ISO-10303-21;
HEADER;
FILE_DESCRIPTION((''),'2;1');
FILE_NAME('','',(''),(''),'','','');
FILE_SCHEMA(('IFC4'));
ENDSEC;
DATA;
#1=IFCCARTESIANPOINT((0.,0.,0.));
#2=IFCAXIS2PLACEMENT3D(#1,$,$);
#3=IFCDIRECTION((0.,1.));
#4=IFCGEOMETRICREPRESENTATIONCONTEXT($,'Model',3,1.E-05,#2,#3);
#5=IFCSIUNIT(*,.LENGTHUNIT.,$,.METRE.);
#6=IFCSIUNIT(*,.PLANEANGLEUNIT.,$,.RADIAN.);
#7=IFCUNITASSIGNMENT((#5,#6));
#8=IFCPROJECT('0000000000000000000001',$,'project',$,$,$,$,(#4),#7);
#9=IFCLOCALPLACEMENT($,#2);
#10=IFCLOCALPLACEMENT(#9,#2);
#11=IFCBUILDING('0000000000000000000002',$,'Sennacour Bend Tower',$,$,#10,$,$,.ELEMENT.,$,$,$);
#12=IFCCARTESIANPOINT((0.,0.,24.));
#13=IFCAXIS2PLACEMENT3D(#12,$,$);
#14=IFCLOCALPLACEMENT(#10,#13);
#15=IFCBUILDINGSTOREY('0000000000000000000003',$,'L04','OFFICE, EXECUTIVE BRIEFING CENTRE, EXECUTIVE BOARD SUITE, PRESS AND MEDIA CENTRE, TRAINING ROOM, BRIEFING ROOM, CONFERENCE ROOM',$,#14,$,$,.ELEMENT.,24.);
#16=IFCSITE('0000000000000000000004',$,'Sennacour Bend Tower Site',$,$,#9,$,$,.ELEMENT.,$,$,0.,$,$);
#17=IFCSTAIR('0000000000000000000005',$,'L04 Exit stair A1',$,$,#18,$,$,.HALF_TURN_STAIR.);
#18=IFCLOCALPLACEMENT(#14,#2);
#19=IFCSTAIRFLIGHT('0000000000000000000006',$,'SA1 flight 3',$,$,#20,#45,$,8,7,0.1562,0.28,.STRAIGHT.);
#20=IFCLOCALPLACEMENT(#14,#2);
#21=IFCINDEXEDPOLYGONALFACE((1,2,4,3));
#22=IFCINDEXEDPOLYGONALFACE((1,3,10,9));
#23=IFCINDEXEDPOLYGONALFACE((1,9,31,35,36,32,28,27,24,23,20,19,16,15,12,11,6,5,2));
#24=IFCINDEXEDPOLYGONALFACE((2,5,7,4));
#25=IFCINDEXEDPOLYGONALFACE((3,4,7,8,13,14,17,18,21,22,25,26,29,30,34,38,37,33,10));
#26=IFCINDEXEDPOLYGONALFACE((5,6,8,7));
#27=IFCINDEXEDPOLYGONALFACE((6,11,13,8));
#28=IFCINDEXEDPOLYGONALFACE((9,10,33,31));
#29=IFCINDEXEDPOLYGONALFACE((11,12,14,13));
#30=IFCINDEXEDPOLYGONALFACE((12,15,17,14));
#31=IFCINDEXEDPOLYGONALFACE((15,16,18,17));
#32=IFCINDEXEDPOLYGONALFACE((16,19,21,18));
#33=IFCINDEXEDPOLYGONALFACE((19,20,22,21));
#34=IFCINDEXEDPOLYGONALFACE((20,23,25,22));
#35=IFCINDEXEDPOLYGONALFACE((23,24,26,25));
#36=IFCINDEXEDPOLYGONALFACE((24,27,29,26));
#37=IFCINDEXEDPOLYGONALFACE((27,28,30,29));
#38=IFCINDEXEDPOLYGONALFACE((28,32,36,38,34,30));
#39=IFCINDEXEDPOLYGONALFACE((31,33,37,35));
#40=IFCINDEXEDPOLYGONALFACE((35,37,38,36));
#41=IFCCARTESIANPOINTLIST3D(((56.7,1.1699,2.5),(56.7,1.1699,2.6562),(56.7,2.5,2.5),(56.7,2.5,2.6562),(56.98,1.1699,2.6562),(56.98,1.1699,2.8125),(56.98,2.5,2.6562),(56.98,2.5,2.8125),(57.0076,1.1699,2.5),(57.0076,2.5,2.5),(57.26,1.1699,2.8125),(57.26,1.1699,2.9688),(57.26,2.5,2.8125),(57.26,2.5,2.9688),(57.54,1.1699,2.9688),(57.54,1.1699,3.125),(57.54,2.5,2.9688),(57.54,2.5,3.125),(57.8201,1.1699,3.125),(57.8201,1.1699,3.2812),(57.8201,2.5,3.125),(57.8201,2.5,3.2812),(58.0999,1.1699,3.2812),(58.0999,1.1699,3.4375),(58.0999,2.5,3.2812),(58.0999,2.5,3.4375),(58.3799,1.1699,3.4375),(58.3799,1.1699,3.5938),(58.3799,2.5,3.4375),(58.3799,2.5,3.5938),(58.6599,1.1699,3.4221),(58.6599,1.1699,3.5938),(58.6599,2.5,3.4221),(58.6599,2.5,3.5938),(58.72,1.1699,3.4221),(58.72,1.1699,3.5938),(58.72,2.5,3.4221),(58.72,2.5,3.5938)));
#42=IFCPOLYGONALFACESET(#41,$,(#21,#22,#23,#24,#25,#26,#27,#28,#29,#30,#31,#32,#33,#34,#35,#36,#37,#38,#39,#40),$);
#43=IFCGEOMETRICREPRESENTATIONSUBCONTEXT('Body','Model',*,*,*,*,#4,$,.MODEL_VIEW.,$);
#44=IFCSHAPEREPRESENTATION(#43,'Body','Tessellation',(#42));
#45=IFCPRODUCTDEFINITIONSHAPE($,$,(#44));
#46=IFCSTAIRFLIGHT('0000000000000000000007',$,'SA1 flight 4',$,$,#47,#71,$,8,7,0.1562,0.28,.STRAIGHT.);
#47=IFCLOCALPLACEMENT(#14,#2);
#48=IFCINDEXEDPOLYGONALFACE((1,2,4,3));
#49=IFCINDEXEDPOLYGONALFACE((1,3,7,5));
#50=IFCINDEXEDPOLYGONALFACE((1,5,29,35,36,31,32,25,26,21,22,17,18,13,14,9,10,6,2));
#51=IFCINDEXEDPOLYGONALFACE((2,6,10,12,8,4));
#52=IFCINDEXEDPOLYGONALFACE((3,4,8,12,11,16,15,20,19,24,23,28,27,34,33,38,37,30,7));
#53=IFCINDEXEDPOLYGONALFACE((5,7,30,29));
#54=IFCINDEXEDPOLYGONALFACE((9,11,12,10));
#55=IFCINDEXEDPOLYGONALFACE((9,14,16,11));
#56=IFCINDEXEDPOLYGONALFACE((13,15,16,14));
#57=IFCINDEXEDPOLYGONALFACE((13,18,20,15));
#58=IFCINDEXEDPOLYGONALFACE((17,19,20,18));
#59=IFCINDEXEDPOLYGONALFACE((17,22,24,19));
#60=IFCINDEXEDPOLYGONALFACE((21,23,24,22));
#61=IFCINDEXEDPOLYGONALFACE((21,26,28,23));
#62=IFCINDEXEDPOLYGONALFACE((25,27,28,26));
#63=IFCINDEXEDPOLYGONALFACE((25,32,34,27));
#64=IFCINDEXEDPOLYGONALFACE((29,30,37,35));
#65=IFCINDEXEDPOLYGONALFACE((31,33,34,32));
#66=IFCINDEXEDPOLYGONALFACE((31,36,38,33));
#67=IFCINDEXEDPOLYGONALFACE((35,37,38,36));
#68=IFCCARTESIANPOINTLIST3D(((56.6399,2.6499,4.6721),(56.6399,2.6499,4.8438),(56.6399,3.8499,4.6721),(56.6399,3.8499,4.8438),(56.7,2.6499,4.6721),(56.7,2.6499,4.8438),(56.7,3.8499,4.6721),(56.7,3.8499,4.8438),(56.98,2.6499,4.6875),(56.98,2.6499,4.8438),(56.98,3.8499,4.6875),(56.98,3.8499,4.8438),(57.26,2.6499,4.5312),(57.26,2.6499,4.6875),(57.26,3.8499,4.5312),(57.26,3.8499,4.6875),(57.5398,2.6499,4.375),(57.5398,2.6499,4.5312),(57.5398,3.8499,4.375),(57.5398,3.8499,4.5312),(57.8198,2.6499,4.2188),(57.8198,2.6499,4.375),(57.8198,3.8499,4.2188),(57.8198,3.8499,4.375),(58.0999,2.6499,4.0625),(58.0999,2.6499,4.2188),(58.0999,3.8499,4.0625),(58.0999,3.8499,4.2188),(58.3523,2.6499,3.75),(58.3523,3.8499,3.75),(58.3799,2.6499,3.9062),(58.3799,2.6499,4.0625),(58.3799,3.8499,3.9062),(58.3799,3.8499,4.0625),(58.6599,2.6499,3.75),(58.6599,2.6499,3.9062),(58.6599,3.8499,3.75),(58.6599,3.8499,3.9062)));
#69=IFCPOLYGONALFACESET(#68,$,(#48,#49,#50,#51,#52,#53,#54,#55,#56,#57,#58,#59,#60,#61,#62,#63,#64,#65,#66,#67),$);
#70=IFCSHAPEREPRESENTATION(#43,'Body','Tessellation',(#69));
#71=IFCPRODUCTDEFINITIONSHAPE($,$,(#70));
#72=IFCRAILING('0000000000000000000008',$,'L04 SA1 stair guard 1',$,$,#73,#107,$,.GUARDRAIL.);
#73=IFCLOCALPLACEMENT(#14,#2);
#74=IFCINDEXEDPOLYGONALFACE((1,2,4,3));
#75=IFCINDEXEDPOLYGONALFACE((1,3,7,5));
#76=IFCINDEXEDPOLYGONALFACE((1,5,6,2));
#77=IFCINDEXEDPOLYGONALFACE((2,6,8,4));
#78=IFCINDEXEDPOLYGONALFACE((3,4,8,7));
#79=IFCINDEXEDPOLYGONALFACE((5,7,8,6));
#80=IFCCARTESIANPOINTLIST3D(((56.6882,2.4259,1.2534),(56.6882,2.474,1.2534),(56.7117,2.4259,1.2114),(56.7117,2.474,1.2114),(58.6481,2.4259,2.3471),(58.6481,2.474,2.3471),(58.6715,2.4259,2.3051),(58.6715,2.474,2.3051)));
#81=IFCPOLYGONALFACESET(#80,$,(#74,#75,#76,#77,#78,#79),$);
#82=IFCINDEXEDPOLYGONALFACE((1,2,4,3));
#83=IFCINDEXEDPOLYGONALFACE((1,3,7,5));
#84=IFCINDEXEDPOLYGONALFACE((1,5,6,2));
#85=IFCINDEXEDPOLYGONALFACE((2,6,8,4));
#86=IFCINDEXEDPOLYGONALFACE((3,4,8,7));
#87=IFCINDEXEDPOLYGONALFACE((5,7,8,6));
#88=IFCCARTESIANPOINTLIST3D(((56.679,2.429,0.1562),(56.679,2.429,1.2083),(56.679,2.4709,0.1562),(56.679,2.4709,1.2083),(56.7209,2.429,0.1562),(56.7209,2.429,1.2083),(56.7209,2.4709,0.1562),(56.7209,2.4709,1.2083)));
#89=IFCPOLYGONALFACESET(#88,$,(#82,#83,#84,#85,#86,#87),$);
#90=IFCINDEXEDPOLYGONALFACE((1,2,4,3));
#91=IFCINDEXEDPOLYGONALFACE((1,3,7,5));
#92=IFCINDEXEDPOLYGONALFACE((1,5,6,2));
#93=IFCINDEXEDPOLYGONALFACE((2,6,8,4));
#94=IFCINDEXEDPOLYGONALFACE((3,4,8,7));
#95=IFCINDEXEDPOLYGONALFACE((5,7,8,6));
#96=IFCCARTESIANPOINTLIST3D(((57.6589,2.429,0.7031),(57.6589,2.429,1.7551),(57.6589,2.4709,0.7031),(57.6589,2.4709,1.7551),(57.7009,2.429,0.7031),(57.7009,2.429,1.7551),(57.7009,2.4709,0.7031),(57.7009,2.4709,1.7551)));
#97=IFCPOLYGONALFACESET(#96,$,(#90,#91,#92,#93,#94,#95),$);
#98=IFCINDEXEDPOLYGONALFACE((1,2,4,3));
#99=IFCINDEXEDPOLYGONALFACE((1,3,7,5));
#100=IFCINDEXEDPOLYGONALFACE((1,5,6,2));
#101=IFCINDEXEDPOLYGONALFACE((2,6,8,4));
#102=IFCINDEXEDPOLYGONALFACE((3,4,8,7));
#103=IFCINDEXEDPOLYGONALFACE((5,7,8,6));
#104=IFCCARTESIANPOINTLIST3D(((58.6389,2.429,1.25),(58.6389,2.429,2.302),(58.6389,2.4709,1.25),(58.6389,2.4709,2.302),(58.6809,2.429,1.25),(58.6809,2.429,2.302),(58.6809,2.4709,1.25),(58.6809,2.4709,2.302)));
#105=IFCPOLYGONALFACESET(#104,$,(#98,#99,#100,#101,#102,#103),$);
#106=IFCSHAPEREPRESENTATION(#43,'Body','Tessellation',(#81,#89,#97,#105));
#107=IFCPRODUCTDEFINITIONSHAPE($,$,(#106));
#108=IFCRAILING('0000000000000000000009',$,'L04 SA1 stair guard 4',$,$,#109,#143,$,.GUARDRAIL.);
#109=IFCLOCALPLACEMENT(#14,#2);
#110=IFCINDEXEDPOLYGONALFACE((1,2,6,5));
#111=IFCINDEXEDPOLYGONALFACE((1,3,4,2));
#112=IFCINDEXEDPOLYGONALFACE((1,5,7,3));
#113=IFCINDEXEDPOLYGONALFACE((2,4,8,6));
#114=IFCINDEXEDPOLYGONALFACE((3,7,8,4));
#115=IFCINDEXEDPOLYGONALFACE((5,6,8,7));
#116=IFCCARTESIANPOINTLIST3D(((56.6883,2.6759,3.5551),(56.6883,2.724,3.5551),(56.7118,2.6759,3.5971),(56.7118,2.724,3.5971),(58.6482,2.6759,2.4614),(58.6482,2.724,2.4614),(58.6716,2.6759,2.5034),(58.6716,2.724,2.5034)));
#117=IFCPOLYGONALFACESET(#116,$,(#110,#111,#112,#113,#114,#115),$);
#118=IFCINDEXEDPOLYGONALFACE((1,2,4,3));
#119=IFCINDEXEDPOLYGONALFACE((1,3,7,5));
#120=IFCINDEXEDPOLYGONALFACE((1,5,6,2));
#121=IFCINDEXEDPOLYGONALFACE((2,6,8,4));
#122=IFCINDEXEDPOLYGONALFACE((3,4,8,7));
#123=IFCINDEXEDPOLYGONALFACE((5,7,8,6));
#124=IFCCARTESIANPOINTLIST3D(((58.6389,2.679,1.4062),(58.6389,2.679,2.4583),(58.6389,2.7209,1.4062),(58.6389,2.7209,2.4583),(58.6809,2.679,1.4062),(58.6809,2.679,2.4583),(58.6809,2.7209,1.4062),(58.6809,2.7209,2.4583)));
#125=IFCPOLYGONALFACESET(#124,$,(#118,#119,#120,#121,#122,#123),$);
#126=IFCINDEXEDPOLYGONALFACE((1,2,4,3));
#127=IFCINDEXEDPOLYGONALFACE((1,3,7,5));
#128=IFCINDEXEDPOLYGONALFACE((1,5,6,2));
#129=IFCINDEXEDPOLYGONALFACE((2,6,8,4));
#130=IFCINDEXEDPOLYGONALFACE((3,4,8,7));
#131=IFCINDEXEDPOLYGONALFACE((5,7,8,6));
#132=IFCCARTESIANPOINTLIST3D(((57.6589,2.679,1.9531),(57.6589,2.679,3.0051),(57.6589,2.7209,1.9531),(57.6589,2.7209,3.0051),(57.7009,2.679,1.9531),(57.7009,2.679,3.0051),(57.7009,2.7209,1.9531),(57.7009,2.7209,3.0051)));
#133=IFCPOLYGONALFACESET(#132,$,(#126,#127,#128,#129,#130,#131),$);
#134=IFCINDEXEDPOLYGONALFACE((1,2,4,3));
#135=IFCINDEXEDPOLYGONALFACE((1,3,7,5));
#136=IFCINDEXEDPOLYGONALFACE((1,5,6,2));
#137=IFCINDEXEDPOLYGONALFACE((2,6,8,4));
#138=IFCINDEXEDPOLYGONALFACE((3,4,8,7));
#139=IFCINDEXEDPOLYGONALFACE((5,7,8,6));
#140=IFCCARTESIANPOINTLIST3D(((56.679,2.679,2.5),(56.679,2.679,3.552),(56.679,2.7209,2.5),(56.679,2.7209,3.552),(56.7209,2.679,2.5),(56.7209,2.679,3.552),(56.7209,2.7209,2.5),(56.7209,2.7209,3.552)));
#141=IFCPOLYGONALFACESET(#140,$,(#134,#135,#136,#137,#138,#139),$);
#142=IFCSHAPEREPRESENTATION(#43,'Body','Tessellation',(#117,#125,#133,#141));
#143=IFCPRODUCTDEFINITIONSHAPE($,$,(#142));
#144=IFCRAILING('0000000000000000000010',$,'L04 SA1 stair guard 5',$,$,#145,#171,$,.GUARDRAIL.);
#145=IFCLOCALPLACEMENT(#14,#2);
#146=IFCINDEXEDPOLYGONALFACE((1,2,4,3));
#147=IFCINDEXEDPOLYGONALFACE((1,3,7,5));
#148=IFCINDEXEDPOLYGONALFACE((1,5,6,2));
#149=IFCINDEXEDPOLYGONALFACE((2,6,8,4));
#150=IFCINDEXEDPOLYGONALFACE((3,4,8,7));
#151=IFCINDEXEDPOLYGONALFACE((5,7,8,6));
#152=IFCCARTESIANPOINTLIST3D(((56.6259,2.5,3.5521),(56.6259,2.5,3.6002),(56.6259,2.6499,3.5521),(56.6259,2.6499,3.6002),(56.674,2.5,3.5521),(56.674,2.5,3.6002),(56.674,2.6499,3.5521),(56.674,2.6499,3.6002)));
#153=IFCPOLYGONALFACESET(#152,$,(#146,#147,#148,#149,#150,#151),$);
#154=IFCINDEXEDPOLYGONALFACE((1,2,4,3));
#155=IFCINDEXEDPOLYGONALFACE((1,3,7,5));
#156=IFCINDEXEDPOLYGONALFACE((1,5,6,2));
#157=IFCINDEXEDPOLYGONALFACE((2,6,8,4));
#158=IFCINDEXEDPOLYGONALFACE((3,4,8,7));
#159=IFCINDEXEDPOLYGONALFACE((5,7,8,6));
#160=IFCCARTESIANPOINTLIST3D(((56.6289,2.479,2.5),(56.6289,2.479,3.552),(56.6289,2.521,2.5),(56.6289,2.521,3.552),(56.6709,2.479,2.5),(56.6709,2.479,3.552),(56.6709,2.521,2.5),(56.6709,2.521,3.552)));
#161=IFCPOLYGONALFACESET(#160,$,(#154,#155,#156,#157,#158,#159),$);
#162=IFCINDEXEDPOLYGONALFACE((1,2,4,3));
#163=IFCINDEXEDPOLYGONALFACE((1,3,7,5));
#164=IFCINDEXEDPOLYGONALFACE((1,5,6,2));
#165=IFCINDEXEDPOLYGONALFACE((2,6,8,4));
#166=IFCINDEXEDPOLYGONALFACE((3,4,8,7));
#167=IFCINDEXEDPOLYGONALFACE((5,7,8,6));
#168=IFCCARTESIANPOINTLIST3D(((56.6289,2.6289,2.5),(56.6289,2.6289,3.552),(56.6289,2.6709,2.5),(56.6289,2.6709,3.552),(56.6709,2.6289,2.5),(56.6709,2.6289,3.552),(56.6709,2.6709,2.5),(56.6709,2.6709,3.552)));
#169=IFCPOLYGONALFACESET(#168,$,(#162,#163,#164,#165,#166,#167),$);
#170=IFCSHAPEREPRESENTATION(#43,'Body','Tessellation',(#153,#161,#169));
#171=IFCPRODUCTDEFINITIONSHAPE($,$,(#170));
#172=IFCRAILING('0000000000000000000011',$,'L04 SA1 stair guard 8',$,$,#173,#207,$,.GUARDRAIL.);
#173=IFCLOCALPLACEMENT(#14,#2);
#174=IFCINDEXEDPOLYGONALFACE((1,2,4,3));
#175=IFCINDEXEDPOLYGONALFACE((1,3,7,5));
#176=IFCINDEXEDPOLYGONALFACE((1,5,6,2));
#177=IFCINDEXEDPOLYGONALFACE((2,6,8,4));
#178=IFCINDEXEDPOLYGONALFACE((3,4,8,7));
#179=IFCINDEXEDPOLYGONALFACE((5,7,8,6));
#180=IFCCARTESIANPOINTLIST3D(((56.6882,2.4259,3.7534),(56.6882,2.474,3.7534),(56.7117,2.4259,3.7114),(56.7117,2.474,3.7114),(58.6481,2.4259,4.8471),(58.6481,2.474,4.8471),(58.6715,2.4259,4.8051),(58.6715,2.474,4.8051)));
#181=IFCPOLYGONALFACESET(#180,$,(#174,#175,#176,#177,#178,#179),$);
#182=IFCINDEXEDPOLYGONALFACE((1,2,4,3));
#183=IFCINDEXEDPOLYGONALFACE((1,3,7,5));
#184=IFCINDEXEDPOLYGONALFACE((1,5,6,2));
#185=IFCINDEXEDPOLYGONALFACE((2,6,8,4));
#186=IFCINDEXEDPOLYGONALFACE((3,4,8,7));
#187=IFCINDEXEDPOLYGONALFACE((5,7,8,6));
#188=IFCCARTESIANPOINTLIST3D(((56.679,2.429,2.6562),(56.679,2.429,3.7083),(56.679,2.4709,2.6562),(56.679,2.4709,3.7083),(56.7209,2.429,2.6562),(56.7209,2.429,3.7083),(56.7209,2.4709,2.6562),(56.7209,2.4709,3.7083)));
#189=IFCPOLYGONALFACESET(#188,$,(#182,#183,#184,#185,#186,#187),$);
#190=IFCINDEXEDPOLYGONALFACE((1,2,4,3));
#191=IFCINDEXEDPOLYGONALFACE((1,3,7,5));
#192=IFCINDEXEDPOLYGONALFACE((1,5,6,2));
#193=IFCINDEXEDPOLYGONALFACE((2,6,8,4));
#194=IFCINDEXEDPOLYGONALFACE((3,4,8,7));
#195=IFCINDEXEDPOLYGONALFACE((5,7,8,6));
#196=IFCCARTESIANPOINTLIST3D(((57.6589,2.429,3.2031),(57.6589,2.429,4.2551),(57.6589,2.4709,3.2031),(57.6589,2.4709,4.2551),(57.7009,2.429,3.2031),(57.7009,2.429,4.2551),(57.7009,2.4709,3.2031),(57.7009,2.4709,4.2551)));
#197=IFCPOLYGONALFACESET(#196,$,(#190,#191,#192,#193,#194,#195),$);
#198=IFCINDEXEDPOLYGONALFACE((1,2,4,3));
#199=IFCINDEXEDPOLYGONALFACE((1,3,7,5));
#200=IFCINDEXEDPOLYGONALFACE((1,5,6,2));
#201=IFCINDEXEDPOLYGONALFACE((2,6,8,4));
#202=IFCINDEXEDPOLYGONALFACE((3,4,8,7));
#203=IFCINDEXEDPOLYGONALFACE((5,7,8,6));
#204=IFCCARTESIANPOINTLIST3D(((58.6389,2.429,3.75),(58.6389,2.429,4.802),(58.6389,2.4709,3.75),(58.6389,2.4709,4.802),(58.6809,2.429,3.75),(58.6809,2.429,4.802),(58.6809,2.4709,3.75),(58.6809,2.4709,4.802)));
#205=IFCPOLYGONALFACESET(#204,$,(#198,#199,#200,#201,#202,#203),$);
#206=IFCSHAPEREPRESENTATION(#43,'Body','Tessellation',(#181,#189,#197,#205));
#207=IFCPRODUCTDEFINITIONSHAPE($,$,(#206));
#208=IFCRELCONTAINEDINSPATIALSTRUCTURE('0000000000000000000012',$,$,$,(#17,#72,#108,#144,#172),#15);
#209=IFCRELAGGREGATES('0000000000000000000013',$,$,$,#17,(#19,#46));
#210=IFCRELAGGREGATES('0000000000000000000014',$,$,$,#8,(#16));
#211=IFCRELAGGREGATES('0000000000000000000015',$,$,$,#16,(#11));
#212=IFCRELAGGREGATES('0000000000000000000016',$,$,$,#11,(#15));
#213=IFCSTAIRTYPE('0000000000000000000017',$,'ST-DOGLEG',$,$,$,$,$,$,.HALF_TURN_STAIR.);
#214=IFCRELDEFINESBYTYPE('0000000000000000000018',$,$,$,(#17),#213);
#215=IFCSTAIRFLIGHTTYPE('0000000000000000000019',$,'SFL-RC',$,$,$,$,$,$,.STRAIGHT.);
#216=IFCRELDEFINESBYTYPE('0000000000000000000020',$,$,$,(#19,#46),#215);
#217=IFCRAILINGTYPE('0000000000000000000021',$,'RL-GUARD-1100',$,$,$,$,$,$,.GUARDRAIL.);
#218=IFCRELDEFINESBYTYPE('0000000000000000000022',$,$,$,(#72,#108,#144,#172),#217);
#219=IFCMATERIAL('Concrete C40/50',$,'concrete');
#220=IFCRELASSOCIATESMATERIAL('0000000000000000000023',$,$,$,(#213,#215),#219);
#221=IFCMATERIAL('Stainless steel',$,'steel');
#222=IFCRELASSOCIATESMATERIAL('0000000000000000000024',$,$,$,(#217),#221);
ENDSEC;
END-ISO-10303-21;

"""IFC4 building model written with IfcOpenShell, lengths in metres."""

from ifc_helpers import new_model, si_unit, direction, frame, origin, origin_2d, place, context, subcontext, project, spatial, polyline, rectangle, outline, extrude, material, type_object, element, aggregate, save


model = new_model("IFC4")

# Units and contexts
model_context = context("Model", 3, precision=1e-05, world=origin(), true_north=direction((0.0, 1.0)))
body_context = subcontext(model_context, "Body", "Model", "MODEL_VIEW")
ifc_project = project(units=[si_unit("LENGTHUNIT", "METRE"), si_unit("PLANEANGLEUNIT", "RADIAN")], contexts=[model_context])

# Site, building, storey
site_placement = place(None, origin())
site = spatial("IfcSite", under=ifc_project, at=site_placement, Name="Sennacour Bend Tower Site", CompositionType="ELEMENT", RefElevation=0.0)
building_placement = place(site_placement, origin())
building = spatial("IfcBuilding", under=site, at=building_placement, Name="Sennacour Bend Tower", CompositionType="ELEMENT")
storey_placement = place(building_placement, frame((0.0, 0.0, 24.0)))
storey = spatial("IfcBuildingStorey", under=building, at=storey_placement, Name="L04", Description="OFFICE, EXECUTIVE BRIEFING CENTRE, EXECUTIVE BOARD SUITE, PRESS AND MEDIA CENTRE, TRAINING ROOM, BRIEFING ROOM, CONFERENCE ROOM", CompositionType="ELEMENT", Elevation=24.0)

# Shared definitions
ifc_material_1 = material(Name="Stainless steel", Category="steel")

# Stair, stair flights
ifc_material_2 = material(Name="Concrete C40/50", Category="concrete")
stair_type = type_object("IfcStairType", Name="ST-DOGLEG", PredefinedType="HALF_TURN_STAIR", material=ifc_material_2)
stair_placement = place(storey_placement, origin())
stair = element("IfcStair", 1, at=stair_placement, inside=storey, type_object=stair_type, Name="L04 Exit stair A1", PredefinedType="HALF_TURN_STAIR")
stair_flight_type = type_object("IfcStairFlightType", Name="SFL-RC", PredefinedType="STRAIGHT", material=ifc_material_2)
stair_flight_1_placement = place(storey_placement, frame((56.7, 1.835, 2.5), z_axis=(0.0, 0.0, 1.0), x_axis=(1.0, 0.0, 0.0)))
stair_flight_1 = element("IfcStairFlight", 2, at=stair_flight_1_placement, type_object=stair_flight_type, Name="SA1 flight 3", NumberOfRisers=8, NumberOfTreads=7, PredefinedType="STRAIGHT", RiserHeight=0.1562, TreadLength=0.28, context=body_context, shape_type="SweptSolid", body=[
    extrude(outline(polyline([(0.0, 0.0), (0.0, 0.1562), (0.28, 0.1562), (0.28, 0.3125), (0.5601, 0.3125), (0.5601, 0.4688), (0.8401, 0.4688), (0.8401, 0.625), (1.1201, 0.625), (1.1201, 0.7812), (1.3999, 0.7812), (1.3999, 0.9375), (1.6799, 0.9375), (1.6799, 1.0938), (1.96, 1.0938), (2.02, 1.0938), (2.02, 0.9221), (1.96, 0.9221), (0.3076, 0.0), (0.0, 0.0)])), frame((0.0, 0.665, 0.0), z_axis=(0.0, -1.0, 0.0), x_axis=(1.0, 0.0, 0.0)), (0.0, 0.0, 1.0), 1.3301),
])
stair_flight_2_placement = place(storey_placement, frame((58.6599, 3.25, 3.75), z_axis=(0.0, 0.0, 1.0), x_axis=(-1.0, 0.0, 0.0)))
stair_flight_2 = element("IfcStairFlight", 3, at=stair_flight_2_placement, type_object=stair_flight_type, Name="SA1 flight 4", NumberOfRisers=8, NumberOfTreads=7, PredefinedType="STRAIGHT", RiserHeight=0.1562, TreadLength=0.28, context=body_context, shape_type="SweptSolid", body=[
    extrude(outline(polyline([(0.0, 0.0), (0.0, 0.1562), (0.28, 0.1562), (0.28, 0.3125), (0.5601, 0.3125), (0.5601, 0.4688), (0.8401, 0.4688), (0.8401, 0.625), (1.1201, 0.625), (1.1201, 0.7812), (1.3999, 0.7812), (1.3999, 0.9375), (1.6799, 0.9375), (1.6799, 1.0938), (1.96, 1.0938), (2.02, 1.0938), (2.02, 0.9221), (1.96, 0.9221), (0.3076, 0.0), (0.0, 0.0)])), frame((0.0, 0.6001, 0.0), z_axis=(0.0, -1.0, 0.0), x_axis=(1.0, 0.0, 0.0)), (0.0, 0.0, 1.0), 1.2),
])
aggregate(stair, [stair_flight_1, stair_flight_2])

# Railings
railing_type_1 = type_object("IfcRailingType", Name="RL-GUARD-1100", PredefinedType="GUARDRAIL", material=ifc_material_1)
railing_1_placement = place(storey_placement, frame((56.7, 2.45, 0.1562)))
element("IfcRailing", 4, at=railing_1_placement, inside=storey, type_object=railing_type_1, Name="L04 SA1 stair guard 1", PredefinedType="GUARDRAIL", context=body_context, shape_type="SweptSolid", body=[
    extrude(rectangle(XDim=0.0481, YDim=0.0481, at=origin_2d()), frame((0.0, 0.0, 1.0762), z_axis=(0.873232, 0.0, 0.487304), x_axis=(0.0, 1.0, 0.0)), (0.0, 0.0, 1.0), 2.2444),
    extrude(rectangle(XDim=0.042, YDim=0.042, at=origin_2d()), origin(), (0.0, 0.0, 1.0), 1.052),
    extrude(rectangle(XDim=0.042, YDim=0.042, at=origin_2d()), frame((0.98, 0.0, 0.5469)), (0.0, 0.0, 1.0), 1.052),
    extrude(rectangle(XDim=0.042, YDim=0.042, at=origin_2d()), frame((1.96, 0.0, 1.0938)), (0.0, 0.0, 1.0), 1.052),
])
railing_2_placement = place(storey_placement, frame((58.6599, 2.7, 1.4062)))
element("IfcRailing", 5, at=railing_2_placement, inside=storey, type_object=railing_type_1, Name="L04 SA1 stair guard 4", PredefinedType="GUARDRAIL", context=body_context, shape_type="SweptSolid", body=[
    extrude(rectangle(XDim=0.0481, YDim=0.0481, at=origin_2d()), frame((0.0, 0.0, 1.0762), z_axis=(-0.873232, 0.0, 0.487304), x_axis=(0.0, -1.0, 0.0)), (0.0, 0.0, 1.0), 2.2444),
    extrude(rectangle(XDim=0.042, YDim=0.042, at=origin_2d()), origin(), (0.0, 0.0, 1.0), 1.052),
    extrude(rectangle(XDim=0.042, YDim=0.042, at=origin_2d()), frame((-0.98, 0.0, 0.5469)), (0.0, 0.0, 1.0), 1.052),
    extrude(rectangle(XDim=0.042, YDim=0.042, at=origin_2d()), frame((-1.96, 0.0, 1.0938)), (0.0, 0.0, 1.0), 1.052),
])
railing_3_placement = place(storey_placement, frame((56.6499, 2.5, 2.5)))
element("IfcRailing", 6, at=railing_3_placement, inside=storey, type_object=railing_type_1, Name="L04 SA1 stair guard 5", PredefinedType="GUARDRAIL", context=body_context, shape_type="SweptSolid", body=[
    extrude(rectangle(XDim=0.0481, YDim=0.0481, at=origin_2d()), frame((0.0, 0.0, 1.0762), z_axis=(0.0, 1.0, 0.0), x_axis=(-1.0, 0.0, 0.0)), (0.0, 0.0, 1.0), 0.1499),
    extrude(rectangle(XDim=0.042, YDim=0.042, at=origin_2d()), origin(), (0.0, 0.0, 1.0), 1.052),
    extrude(rectangle(XDim=0.042, YDim=0.042, at=origin_2d()), frame((0.0, 0.1499, 0.0)), (0.0, 0.0, 1.0), 1.052),
])
railing_4_placement = place(storey_placement, frame((56.7, 2.45, 2.6562)))
element("IfcRailing", 7, at=railing_4_placement, inside=storey, type_object=railing_type_1, Name="L04 SA1 stair guard 8", PredefinedType="GUARDRAIL", context=body_context, shape_type="SweptSolid", body=[
    extrude(rectangle(XDim=0.0481, YDim=0.0481, at=origin_2d()), frame((0.0, 0.0, 1.0762), z_axis=(0.873232, 0.0, 0.487304), x_axis=(0.0, 1.0, 0.0)), (0.0, 0.0, 1.0), 2.2444),
    extrude(rectangle(XDim=0.042, YDim=0.042, at=origin_2d()), origin(), (0.0, 0.0, 1.0), 1.052),
    extrude(rectangle(XDim=0.042, YDim=0.042, at=origin_2d()), frame((0.98, 0.0, 0.5469)), (0.0, 0.0, 1.0), 1.052),
    extrude(rectangle(XDim=0.042, YDim=0.042, at=origin_2d()), frame((1.96, 0.0, 1.0938)), (0.0, 0.0, 1.0), 1.052),
])

save(model, "model.ifc")
